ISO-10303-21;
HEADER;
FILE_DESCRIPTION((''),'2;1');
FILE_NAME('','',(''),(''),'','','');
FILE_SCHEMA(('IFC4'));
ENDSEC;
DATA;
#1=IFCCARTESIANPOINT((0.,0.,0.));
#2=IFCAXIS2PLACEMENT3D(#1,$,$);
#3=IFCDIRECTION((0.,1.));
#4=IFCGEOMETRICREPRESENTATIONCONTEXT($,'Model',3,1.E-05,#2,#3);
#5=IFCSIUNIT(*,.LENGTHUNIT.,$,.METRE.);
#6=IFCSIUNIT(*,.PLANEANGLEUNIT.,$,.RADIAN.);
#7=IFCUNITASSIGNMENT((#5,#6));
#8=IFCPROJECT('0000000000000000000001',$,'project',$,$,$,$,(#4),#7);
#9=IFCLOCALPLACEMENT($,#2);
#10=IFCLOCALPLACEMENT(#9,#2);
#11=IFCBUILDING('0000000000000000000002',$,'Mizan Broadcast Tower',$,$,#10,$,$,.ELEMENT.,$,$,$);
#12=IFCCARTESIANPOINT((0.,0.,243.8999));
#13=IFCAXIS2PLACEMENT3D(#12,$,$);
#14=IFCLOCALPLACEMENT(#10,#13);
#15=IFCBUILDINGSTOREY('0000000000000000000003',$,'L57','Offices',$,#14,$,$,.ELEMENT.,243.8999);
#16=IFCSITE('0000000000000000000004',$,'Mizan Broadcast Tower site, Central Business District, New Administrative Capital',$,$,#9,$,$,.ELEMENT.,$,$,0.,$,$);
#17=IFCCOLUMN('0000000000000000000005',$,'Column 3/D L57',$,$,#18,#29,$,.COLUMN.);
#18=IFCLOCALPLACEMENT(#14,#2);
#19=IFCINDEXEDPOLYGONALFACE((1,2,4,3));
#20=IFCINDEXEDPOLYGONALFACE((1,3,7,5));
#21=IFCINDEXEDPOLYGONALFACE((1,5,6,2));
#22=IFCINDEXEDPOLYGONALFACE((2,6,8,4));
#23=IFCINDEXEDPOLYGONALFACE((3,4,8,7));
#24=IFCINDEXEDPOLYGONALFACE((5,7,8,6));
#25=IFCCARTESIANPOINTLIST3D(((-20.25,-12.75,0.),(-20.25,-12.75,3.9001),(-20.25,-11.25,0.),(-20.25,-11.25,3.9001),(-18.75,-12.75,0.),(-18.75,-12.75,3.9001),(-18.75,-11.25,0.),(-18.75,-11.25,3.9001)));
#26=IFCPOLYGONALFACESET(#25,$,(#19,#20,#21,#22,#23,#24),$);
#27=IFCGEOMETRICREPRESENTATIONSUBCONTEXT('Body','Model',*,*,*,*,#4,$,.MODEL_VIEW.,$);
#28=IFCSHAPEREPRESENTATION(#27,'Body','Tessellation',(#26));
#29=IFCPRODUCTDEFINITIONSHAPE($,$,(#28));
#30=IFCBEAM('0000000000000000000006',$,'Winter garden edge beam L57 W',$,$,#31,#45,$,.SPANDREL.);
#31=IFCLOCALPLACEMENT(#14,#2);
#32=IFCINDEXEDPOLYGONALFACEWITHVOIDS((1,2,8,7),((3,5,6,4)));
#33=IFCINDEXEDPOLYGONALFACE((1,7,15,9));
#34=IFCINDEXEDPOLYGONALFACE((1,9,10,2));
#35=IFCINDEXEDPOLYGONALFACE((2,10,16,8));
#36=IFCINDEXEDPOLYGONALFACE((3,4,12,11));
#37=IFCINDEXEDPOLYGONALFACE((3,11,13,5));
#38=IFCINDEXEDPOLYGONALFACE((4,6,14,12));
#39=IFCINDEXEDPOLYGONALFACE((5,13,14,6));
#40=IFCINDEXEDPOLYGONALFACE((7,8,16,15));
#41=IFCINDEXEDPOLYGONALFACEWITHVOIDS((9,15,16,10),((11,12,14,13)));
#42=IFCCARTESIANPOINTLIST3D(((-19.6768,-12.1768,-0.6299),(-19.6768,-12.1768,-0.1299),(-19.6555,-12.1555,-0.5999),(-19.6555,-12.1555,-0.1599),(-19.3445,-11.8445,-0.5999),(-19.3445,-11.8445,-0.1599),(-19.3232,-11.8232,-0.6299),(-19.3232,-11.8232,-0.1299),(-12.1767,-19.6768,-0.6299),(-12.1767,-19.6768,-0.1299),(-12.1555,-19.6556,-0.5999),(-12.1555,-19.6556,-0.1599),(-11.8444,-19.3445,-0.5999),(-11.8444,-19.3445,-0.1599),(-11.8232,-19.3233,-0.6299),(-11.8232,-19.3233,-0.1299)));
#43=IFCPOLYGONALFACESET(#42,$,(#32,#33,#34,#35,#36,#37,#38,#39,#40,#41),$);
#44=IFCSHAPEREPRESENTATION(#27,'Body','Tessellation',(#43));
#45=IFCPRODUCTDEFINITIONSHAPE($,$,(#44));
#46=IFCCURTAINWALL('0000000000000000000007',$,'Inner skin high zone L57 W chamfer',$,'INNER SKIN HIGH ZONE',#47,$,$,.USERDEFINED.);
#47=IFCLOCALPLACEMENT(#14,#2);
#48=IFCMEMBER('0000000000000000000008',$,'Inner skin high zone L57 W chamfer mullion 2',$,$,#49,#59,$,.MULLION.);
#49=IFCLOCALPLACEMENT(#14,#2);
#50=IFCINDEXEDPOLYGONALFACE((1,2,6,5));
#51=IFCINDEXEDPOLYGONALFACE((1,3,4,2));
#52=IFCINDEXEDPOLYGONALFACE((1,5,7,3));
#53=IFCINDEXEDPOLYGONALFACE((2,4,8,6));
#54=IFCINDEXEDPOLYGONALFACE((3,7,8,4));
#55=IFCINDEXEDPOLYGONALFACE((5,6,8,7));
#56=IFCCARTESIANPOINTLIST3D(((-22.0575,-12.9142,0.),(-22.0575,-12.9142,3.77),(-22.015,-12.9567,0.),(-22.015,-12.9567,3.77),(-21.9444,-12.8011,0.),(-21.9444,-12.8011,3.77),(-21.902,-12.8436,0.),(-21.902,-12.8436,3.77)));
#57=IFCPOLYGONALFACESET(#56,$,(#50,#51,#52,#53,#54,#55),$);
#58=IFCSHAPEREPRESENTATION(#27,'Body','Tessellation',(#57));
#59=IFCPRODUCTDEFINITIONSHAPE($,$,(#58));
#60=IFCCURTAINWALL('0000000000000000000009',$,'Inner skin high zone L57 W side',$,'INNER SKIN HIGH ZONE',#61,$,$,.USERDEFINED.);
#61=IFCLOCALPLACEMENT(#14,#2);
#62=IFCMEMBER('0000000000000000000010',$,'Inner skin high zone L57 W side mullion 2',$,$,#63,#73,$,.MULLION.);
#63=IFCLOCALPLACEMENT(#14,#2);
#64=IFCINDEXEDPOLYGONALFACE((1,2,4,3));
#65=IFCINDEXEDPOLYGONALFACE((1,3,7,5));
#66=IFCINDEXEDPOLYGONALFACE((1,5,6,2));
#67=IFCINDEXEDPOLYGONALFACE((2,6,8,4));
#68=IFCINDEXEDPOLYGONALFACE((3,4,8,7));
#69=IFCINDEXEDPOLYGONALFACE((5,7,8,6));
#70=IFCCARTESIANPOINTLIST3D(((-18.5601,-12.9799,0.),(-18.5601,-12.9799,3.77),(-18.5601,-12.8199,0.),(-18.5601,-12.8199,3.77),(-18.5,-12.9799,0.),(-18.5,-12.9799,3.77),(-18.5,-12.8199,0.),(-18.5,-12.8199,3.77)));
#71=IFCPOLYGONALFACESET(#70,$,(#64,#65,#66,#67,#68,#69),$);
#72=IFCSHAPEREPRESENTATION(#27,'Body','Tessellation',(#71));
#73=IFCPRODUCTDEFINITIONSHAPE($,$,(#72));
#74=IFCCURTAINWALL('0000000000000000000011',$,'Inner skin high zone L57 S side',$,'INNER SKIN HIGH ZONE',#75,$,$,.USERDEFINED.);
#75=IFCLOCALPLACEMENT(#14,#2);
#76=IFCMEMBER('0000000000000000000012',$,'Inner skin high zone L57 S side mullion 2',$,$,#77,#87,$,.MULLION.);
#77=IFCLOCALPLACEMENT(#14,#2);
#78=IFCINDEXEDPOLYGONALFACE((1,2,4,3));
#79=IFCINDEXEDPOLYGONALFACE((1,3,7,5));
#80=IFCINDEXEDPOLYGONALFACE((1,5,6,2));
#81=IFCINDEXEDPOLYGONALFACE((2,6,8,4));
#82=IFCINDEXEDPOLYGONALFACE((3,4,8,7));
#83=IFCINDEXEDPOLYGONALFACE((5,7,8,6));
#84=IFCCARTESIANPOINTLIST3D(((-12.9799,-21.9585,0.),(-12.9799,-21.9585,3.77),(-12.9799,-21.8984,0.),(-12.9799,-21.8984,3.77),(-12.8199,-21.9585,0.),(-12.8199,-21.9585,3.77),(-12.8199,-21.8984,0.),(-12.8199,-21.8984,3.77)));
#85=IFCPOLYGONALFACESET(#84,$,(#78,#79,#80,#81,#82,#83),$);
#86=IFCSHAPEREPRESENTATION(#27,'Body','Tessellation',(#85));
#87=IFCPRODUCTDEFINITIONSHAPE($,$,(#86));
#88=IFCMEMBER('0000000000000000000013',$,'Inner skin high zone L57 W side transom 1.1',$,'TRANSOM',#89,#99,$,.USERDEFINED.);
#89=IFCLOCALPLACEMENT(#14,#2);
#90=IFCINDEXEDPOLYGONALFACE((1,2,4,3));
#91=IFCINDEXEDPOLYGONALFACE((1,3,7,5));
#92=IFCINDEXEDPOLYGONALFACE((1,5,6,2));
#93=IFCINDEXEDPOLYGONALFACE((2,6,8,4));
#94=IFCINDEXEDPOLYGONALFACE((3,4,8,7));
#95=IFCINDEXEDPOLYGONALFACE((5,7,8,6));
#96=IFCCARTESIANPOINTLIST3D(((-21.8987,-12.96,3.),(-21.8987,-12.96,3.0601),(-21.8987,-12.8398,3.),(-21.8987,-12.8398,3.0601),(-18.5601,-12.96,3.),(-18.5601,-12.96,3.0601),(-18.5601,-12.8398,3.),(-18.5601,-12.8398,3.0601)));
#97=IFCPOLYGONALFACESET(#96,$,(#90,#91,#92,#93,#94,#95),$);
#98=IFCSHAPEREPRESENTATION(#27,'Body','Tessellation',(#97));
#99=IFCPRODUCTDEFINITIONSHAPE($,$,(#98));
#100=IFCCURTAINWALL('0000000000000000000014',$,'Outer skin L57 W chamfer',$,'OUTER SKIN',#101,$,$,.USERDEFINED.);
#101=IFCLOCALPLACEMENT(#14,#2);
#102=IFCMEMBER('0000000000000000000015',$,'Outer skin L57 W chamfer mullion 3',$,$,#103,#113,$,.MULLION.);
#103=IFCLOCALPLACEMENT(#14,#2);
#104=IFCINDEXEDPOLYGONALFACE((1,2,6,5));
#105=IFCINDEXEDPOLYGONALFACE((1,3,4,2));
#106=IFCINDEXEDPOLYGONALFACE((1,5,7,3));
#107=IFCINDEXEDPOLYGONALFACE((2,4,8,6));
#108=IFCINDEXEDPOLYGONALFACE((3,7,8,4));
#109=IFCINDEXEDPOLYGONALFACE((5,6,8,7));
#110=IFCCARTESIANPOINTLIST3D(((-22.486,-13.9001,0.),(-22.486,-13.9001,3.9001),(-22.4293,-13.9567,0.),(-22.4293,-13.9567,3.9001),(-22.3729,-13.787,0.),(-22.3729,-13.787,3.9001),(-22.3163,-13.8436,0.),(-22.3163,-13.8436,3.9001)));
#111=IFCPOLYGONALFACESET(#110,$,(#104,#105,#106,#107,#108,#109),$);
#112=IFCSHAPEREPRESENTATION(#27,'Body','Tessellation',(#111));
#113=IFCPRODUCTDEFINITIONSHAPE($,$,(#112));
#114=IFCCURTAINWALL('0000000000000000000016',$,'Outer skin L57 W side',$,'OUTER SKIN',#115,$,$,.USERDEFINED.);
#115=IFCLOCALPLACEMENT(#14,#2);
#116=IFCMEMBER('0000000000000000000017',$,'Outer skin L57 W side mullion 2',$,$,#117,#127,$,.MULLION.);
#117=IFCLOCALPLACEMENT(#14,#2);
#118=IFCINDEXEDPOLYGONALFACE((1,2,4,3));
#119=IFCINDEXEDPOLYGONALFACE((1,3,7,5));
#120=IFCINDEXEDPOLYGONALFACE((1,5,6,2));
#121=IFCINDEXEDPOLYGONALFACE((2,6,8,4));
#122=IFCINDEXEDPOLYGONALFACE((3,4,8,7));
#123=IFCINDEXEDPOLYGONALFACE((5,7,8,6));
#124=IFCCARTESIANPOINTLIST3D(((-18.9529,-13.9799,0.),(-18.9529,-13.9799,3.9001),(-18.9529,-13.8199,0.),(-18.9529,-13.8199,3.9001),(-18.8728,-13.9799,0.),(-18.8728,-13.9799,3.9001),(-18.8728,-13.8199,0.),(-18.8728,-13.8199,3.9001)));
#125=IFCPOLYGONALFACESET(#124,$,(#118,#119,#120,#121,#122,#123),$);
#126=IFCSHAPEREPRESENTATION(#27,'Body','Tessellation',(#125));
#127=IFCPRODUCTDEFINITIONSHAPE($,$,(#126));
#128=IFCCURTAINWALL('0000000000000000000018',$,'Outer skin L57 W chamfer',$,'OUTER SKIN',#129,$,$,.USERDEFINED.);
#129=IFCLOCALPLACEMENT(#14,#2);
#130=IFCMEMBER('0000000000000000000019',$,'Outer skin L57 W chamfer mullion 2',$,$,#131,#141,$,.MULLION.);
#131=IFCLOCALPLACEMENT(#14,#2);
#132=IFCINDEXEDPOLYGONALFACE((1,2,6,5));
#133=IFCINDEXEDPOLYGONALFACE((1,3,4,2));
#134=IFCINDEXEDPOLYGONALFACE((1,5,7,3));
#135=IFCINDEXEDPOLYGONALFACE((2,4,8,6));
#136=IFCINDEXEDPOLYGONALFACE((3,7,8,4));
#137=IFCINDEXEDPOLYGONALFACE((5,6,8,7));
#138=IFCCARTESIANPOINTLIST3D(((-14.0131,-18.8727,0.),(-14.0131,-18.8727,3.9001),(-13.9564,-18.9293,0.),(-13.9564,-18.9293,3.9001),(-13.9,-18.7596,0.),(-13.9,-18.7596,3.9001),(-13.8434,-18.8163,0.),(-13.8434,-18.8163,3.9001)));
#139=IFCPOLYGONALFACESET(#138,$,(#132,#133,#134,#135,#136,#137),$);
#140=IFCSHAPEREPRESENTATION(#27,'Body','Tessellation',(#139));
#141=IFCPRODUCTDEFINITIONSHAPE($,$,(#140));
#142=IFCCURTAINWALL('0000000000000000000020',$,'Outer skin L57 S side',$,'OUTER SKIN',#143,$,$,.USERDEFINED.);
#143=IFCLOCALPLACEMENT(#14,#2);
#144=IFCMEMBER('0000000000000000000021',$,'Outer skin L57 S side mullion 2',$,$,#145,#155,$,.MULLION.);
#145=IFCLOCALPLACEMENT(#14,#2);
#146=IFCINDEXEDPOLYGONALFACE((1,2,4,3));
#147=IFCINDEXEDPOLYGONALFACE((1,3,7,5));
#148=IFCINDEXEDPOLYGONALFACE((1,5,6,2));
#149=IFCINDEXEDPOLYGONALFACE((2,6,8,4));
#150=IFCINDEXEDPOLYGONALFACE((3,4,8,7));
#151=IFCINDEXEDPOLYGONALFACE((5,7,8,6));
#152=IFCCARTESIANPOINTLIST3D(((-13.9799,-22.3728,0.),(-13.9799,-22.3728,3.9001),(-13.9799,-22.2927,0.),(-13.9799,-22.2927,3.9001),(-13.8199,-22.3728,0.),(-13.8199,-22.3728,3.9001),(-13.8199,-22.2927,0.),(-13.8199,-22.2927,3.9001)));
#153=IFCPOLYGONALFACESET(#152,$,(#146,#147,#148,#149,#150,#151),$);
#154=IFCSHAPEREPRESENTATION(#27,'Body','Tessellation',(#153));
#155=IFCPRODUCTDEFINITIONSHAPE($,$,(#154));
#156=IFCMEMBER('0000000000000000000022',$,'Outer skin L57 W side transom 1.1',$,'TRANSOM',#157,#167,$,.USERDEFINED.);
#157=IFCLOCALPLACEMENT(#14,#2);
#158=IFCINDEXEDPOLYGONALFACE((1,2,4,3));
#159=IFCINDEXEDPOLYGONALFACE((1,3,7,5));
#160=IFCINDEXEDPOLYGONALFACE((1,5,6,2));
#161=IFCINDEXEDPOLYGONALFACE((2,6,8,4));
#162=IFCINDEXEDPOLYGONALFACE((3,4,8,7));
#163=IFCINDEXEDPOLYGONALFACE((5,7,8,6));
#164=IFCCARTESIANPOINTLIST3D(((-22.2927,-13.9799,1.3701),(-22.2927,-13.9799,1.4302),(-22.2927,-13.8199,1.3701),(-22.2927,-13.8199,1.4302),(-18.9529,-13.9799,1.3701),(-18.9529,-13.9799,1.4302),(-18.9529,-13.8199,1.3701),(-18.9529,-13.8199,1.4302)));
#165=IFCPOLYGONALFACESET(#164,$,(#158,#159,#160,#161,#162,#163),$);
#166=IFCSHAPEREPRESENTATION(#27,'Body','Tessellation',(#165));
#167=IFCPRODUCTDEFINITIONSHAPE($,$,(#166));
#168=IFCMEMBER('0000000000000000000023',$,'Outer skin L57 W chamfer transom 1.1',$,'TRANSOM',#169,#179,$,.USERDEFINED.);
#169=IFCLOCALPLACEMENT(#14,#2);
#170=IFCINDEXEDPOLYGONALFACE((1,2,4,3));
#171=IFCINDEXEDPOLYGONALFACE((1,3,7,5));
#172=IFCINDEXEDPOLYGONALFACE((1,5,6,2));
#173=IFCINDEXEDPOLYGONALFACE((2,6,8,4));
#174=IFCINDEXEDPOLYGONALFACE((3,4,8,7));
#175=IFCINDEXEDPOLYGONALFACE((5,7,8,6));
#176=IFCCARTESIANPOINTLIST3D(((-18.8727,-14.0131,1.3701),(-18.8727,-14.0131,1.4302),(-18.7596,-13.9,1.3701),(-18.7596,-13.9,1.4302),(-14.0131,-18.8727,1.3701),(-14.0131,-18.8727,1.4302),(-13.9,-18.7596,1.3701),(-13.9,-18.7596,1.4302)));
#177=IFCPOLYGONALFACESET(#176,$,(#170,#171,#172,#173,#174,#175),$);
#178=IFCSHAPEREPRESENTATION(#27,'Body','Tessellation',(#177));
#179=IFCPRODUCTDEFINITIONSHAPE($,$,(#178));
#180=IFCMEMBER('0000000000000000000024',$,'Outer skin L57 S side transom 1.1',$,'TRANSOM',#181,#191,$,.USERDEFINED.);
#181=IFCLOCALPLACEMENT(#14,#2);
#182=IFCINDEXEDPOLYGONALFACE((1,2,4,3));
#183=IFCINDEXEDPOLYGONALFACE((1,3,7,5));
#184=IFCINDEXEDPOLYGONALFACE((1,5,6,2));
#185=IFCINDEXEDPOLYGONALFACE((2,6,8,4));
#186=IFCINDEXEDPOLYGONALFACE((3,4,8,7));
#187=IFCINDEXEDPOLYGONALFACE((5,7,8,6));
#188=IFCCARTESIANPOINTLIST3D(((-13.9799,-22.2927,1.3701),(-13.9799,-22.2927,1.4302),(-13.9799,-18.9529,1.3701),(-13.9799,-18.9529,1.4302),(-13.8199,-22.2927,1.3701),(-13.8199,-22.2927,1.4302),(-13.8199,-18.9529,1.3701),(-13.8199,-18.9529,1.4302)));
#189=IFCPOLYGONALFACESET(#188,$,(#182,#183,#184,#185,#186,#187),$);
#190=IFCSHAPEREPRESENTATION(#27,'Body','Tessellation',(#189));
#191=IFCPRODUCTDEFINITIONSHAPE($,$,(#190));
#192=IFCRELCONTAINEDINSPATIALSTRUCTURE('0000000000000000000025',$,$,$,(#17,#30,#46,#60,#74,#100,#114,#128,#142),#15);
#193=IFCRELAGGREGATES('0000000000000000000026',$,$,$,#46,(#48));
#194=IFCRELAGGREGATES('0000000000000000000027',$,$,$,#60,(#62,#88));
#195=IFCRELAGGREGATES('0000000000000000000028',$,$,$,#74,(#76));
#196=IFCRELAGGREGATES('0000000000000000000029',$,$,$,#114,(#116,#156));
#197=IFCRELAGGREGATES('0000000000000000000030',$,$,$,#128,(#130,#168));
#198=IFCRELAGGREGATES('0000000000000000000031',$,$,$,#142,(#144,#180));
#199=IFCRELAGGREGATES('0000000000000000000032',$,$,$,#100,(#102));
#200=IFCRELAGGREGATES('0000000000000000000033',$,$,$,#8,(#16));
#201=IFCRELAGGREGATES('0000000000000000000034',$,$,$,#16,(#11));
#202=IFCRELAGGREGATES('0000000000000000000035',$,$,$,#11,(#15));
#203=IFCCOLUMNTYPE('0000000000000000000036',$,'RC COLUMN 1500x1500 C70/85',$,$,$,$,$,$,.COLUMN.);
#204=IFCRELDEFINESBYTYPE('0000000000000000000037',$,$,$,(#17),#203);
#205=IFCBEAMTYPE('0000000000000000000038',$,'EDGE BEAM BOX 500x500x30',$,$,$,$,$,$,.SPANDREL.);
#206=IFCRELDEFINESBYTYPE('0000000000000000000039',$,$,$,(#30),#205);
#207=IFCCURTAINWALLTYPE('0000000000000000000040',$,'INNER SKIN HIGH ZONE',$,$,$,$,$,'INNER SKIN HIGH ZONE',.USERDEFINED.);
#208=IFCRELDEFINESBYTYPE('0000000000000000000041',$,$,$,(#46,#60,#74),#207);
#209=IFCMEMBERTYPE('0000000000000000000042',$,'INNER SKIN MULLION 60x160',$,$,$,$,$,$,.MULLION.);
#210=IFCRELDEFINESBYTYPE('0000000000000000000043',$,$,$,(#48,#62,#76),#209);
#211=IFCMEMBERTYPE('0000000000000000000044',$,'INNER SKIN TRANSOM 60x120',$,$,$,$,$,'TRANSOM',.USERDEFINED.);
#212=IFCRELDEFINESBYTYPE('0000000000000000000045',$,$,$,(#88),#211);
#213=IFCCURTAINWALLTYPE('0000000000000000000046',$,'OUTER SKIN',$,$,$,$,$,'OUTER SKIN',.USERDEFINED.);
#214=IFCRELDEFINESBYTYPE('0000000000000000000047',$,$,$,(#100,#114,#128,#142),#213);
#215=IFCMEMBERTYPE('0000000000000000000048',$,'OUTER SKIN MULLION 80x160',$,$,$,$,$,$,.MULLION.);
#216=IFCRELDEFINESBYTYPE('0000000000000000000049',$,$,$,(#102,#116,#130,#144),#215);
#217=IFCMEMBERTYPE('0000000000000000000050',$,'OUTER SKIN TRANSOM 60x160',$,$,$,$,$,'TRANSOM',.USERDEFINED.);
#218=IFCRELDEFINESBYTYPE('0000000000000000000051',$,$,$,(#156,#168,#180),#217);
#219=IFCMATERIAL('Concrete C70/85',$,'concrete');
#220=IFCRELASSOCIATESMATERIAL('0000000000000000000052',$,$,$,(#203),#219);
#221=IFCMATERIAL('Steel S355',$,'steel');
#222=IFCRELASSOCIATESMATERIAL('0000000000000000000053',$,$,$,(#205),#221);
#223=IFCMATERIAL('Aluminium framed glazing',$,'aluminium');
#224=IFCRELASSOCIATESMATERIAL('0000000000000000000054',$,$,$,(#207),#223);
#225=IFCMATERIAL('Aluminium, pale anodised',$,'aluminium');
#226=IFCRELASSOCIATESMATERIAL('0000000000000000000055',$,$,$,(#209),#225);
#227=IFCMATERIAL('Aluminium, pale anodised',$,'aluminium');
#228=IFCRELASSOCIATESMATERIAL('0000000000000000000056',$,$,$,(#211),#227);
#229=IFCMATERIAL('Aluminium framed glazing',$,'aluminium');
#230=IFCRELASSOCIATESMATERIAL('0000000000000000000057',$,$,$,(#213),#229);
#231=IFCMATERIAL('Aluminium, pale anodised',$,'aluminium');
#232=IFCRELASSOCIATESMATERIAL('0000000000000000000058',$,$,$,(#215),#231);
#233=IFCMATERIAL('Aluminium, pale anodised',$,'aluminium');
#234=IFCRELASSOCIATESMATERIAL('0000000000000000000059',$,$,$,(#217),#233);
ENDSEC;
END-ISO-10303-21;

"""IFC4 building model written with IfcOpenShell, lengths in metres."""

from ifc_helpers import new_model, si_unit, direction, frame, origin, origin_2d, place, context, subcontext, project, spatial, rectangle, hollow_rectangle, extrude, material, material_profile, profile_set, type_object, element, aggregate, save


model = new_model("IFC4")

# Units and contexts
model_context = context("Model", 3, precision=1e-05, world=origin(), true_north=direction((0.0, 1.0)))
body_context = subcontext(model_context, "Body", "Model", "MODEL_VIEW")
ifc_project = project(units=[si_unit("LENGTHUNIT", "METRE"), si_unit("PLANEANGLEUNIT", "RADIAN")], contexts=[model_context])

# Site, building, storey
site_placement = place(None, origin())
site = spatial("IfcSite", under=ifc_project, at=site_placement, Name="Mizan Broadcast Tower site, Central Business District, New Administrative Capital", CompositionType="ELEMENT", RefElevation=0.0)
building_placement = place(site_placement, origin())
building = spatial("IfcBuilding", under=site, at=building_placement, Name="Mizan Broadcast Tower", CompositionType="ELEMENT")
storey_placement = place(building_placement, frame((0.0, 0.0, 243.8999)))
storey = spatial("IfcBuildingStorey", under=building, at=storey_placement, Name="L57", Description="Offices", CompositionType="ELEMENT", Elevation=243.8999)

# Column
ifc_material_1 = material(Name="Concrete C70/85", Category="concrete")
ifc_material_profile_1 = material_profile(ifc_material_1, rectangle(XDim=1.5, YDim=1.5, at=origin_2d()), Name="RC 1500x1500")
ifc_profile_set_1 = profile_set([ifc_material_profile_1], Name="Concrete C70/85")
column_type = type_object("IfcColumnType", Name="RC COLUMN 1500x1500 C70/85", PredefinedType="COLUMN", material=ifc_profile_set_1)
column_placement = place(storey_placement, frame((-19.5, -12.0, 0.0), z_axis=(0.0, 0.0, 1.0), x_axis=(1.0, 0.0, 0.0)))
element("IfcColumn", 1, at=column_placement, inside=storey, type_object=column_type, Name="Column 3/D L57", PredefinedType="COLUMN", context=body_context, shape_type="SweptSolid", body=[
    extrude(rectangle(XDim=1.5, YDim=1.5, at=origin_2d()), origin(), (0.0, 0.0, 1.0), 3.9001),
])

# Beam
ifc_material_2 = material(Name="Steel S355", Category="steel")
ifc_material_profile_2 = material_profile(ifc_material_2, hollow_rectangle(XDim=0.5, YDim=0.5, WallThickness=0.03, at=origin_2d()), Name="BOX 500x500x30")
ifc_profile_set_2 = profile_set([ifc_material_profile_2], Name="Steel S355")
beam_type = type_object("IfcBeamType", Name="EDGE BEAM BOX 500x500x30", PredefinedType="SPANDREL", material=ifc_profile_set_2)
beam_placement = place(storey_placement, frame((-19.5, -12.0, -0.3799), z_axis=(0.707107, -0.707107, 0.0), x_axis=(0.707107, 0.707107, 0.0)))
element("IfcBeam", 2, at=beam_placement, inside=storey, type_object=beam_type, Name="Winter garden edge beam L57 W", PredefinedType="SPANDREL", context=body_context, shape_type="SweptSolid", body=[
    extrude(hollow_rectangle(XDim=0.5, YDim=0.5, WallThickness=0.03, at=origin_2d()), origin(), (0.0, 0.0, 1.0), 10.6067),
])

# Curtain walls, members
ifc_material_3 = material(Name="Aluminium framed glazing", Category="aluminium")
curtain_wall_type_1 = type_object("IfcCurtainWallType", Name="INNER SKIN HIGH ZONE", ElementType="INNER SKIN HIGH ZONE", PredefinedType="USERDEFINED", material=ifc_material_3)
curtain_wall_1_placement = place(storey_placement, origin())
curtain_wall_1 = element("IfcCurtainWall", 3, at=curtain_wall_1_placement, inside=storey, type_object=curtain_wall_type_1, Name="Inner skin high zone L57 W chamfer", ObjectType="INNER SKIN HIGH ZONE", PredefinedType="USERDEFINED")
ifc_material_4 = material(Name="Aluminium, pale anodised", Category="aluminium")
ifc_material_profile_3 = material_profile(ifc_material_4, rectangle(XDim=0.1599, YDim=0.0601, at=origin_2d()), Name="MULLION 160x60")
ifc_profile_set_3 = profile_set([ifc_material_profile_3], Name="Aluminium, pale anodised")
member_type_1 = type_object("IfcMemberType", Name="INNER SKIN MULLION 60x160", PredefinedType="MULLION", material=ifc_profile_set_3)
member_1_placement = place(storey_placement, frame((-21.9797, -12.8789, 0.0), z_axis=(0.0, 0.0, 1.0), x_axis=(0.707107, 0.707107, 0.0)))
member_1 = element("IfcMember", 4, at=member_1_placement, type_object=member_type_1, Name="Inner skin high zone L57 W chamfer mullion 2", PredefinedType="MULLION", context=body_context, shape_type="SweptSolid", body=[
    extrude(rectangle(XDim=0.1599, YDim=0.0601, at=origin_2d()), origin(), (0.0, 0.0, 1.0), 3.77),
])
aggregate(curtain_wall_1, [member_1])
curtain_wall_2_placement = place(storey_placement, origin())
curtain_wall_2 = element("IfcCurtainWall", 5, at=curtain_wall_2_placement, inside=storey, type_object=curtain_wall_type_1, Name="Inner skin high zone L57 W side", ObjectType="INNER SKIN HIGH ZONE", PredefinedType="USERDEFINED")
member_2_placement = place(storey_placement, frame((-18.53, -12.8999, 0.0), z_axis=(0.0, 0.0, 1.0), x_axis=(0.0, 1.0, 0.0)))
member_2 = element("IfcMember", 6, at=member_2_placement, type_object=member_type_1, Name="Inner skin high zone L57 W side mullion 2", PredefinedType="MULLION", context=body_context, shape_type="SweptSolid", body=[
    extrude(rectangle(XDim=0.1599, YDim=0.0601, at=origin_2d()), origin(), (0.0, 0.0, 1.0), 3.77),
])
curtain_wall_3_placement = place(storey_placement, origin())
curtain_wall_3 = element("IfcCurtainWall", 7, at=curtain_wall_3_placement, inside=storey, type_object=curtain_wall_type_1, Name="Inner skin high zone L57 S side", ObjectType="INNER SKIN HIGH ZONE", PredefinedType="USERDEFINED")
member_3_placement = place(storey_placement, frame((-12.8999, -21.9285, 0.0), z_axis=(0.0, 0.0, 1.0), x_axis=(1.0, 0.0, 0.0)))
member_3 = element("IfcMember", 8, at=member_3_placement, type_object=member_type_1, Name="Inner skin high zone L57 S side mullion 2", PredefinedType="MULLION", context=body_context, shape_type="SweptSolid", body=[
    extrude(rectangle(XDim=0.1599, YDim=0.0601, at=origin_2d()), origin(), (0.0, 0.0, 1.0), 3.77),
])

# Member
ifc_material_5 = material(Name="Aluminium, pale anodised", Category="aluminium")
ifc_material_profile_4 = material_profile(ifc_material_5, rectangle(XDim=0.1201, YDim=0.0601, at=origin_2d()), Name="TRANSOM 120x60")
ifc_profile_set_4 = profile_set([ifc_material_profile_4], Name="Aluminium, pale anodised")
member_type_2 = type_object("IfcMemberType", Name="INNER SKIN TRANSOM 60x120", ElementType="TRANSOM", PredefinedType="USERDEFINED", material=ifc_profile_set_4)
member_4_placement = place(storey_placement, frame((-21.8987, -12.8999, 3.03), z_axis=(1.0, 0.0, 0.0), x_axis=(0.0, 1.0, 0.0)))
member_4 = element("IfcMember", 9, at=member_4_placement, type_object=member_type_2, Name="Inner skin high zone L57 W side transom 1.1", ObjectType="TRANSOM", PredefinedType="USERDEFINED", context=body_context, shape_type="SweptSolid", body=[
    extrude(rectangle(XDim=0.1201, YDim=0.0601, at=origin_2d()), origin(), (0.0, 0.0, 1.0), 3.3386),
])

# Curtain walls, members
ifc_material_6 = material(Name="Aluminium framed glazing", Category="aluminium")
curtain_wall_type_2 = type_object("IfcCurtainWallType", Name="OUTER SKIN", ElementType="OUTER SKIN", PredefinedType="USERDEFINED", material=ifc_material_6)
curtain_wall_4_placement = place(storey_placement, origin())
curtain_wall_4 = element("IfcCurtainWall", 10, at=curtain_wall_4_placement, inside=storey, type_object=curtain_wall_type_2, Name="Outer skin L57 W chamfer", ObjectType="OUTER SKIN", PredefinedType="USERDEFINED")
ifc_material_7 = material(Name="Aluminium, pale anodised", Category="aluminium")
ifc_material_profile_5 = material_profile(ifc_material_7, rectangle(XDim=0.1599, YDim=0.0801, at=origin_2d()), Name="MULLION 160x80")
ifc_profile_set_5 = profile_set([ifc_material_profile_5], Name="Aluminium, pale anodised")
member_type_3 = type_object("IfcMemberType", Name="OUTER SKIN MULLION 80x160", PredefinedType="MULLION", material=ifc_profile_set_5)
member_5_placement = place(storey_placement, frame((-22.4011, -13.8718, 0.0), z_axis=(0.0, 0.0, 1.0), x_axis=(0.707107, 0.707107, 0.0)))
member_5 = element("IfcMember", 11, at=member_5_placement, type_object=member_type_3, Name="Outer skin L57 W chamfer mullion 3", PredefinedType="MULLION", context=body_context, shape_type="SweptSolid", body=[
    extrude(rectangle(XDim=0.1599, YDim=0.0801, at=origin_2d()), origin(), (0.0, 0.0, 1.0), 3.9001),
])
curtain_wall_5_placement = place(storey_placement, origin())
curtain_wall_5 = element("IfcCurtainWall", 12, at=curtain_wall_5_placement, inside=storey, type_object=curtain_wall_type_2, Name="Outer skin L57 W side", ObjectType="OUTER SKIN", PredefinedType="USERDEFINED")
member_6_placement = place(storey_placement, frame((-18.9128, -13.8999, 0.0), z_axis=(0.0, 0.0, 1.0), x_axis=(0.0, 1.0, 0.0)))
member_6 = element("IfcMember", 13, at=member_6_placement, type_object=member_type_3, Name="Outer skin L57 W side mullion 2", PredefinedType="MULLION", context=body_context, shape_type="SweptSolid", body=[
    extrude(rectangle(XDim=0.1599, YDim=0.0801, at=origin_2d()), origin(), (0.0, 0.0, 1.0), 3.9001),
])
curtain_wall_6_placement = place(storey_placement, origin())
curtain_wall_6 = element("IfcCurtainWall", 14, at=curtain_wall_6_placement, inside=storey, type_object=curtain_wall_type_2, Name="Outer skin L57 W chamfer", ObjectType="OUTER SKIN", PredefinedType="USERDEFINED")
member_7_placement = place(storey_placement, frame((-13.9282, -18.8445, 0.0), z_axis=(0.0, 0.0, 1.0), x_axis=(0.707107, 0.707107, 0.0)))
member_7 = element("IfcMember", 15, at=member_7_placement, type_object=member_type_3, Name="Outer skin L57 W chamfer mullion 2", PredefinedType="MULLION", context=body_context, shape_type="SweptSolid", body=[
    extrude(rectangle(XDim=0.1599, YDim=0.0801, at=origin_2d()), origin(), (0.0, 0.0, 1.0), 3.9001),
])
curtain_wall_7_placement = place(storey_placement, origin())
curtain_wall_7 = element("IfcCurtainWall", 16, at=curtain_wall_7_placement, inside=storey, type_object=curtain_wall_type_2, Name="Outer skin L57 S side", ObjectType="OUTER SKIN", PredefinedType="USERDEFINED")
member_8_placement = place(storey_placement, frame((-13.8999, -22.3328, 0.0), z_axis=(0.0, 0.0, 1.0), x_axis=(1.0, 0.0, 0.0)))
member_8 = element("IfcMember", 17, at=member_8_placement, type_object=member_type_3, Name="Outer skin L57 S side mullion 2", PredefinedType="MULLION", context=body_context, shape_type="SweptSolid", body=[
    extrude(rectangle(XDim=0.1599, YDim=0.0801, at=origin_2d()), origin(), (0.0, 0.0, 1.0), 3.9001),
])

# Members
ifc_material_8 = material(Name="Aluminium, pale anodised", Category="aluminium")
ifc_material_profile_6 = material_profile(ifc_material_8, rectangle(XDim=0.1599, YDim=0.0601, at=origin_2d()), Name="TRANSOM 160x60")
ifc_profile_set_6 = profile_set([ifc_material_profile_6], Name="Aluminium, pale anodised")
member_type_4 = type_object("IfcMemberType", Name="OUTER SKIN TRANSOM 60x160", ElementType="TRANSOM", PredefinedType="USERDEFINED", material=ifc_profile_set_6)
member_9_placement = place(storey_placement, frame((-22.2927, -13.8999, 1.4001), z_axis=(1.0, 0.0, 0.0), x_axis=(0.0, 1.0, 0.0)))
member_9 = element("IfcMember", 18, at=member_9_placement, type_object=member_type_4, Name="Outer skin L57 W side transom 1.1", ObjectType="TRANSOM", PredefinedType="USERDEFINED", context=body_context, shape_type="SweptSolid", body=[
    extrude(rectangle(XDim=0.1599, YDim=0.0601, at=origin_2d()), origin(), (0.0, 0.0, 1.0), 3.3398),
])
member_10_placement = place(storey_placement, frame((-18.8162, -13.9565, 1.4001), z_axis=(0.707107, -0.707107, 0.0), x_axis=(0.707107, 0.707107, 0.0)))
member_10 = element("IfcMember", 19, at=member_10_placement, type_object=member_type_4, Name="Outer skin L57 W chamfer transom 1.1", ObjectType="TRANSOM", PredefinedType="USERDEFINED", context=body_context, shape_type="SweptSolid", body=[
    extrude(rectangle(XDim=0.1599, YDim=0.0601, at=origin_2d()), origin(), (0.0, 0.0, 1.0), 6.8726),
])
member_11_placement = place(storey_placement, frame((-13.8999, -18.9529, 1.4001), z_axis=(0.0, -1.0, 0.0), x_axis=(1.0, 0.0, 0.0)))
member_11 = element("IfcMember", 20, at=member_11_placement, type_object=member_type_4, Name="Outer skin L57 S side transom 1.1", ObjectType="TRANSOM", PredefinedType="USERDEFINED", context=body_context, shape_type="SweptSolid", body=[
    extrude(rectangle(XDim=0.1599, YDim=0.0601, at=origin_2d()), origin(), (0.0, 0.0, 1.0), 3.3398),
])

aggregate(curtain_wall_2, [member_2, member_4])
aggregate(curtain_wall_3, [member_3])
aggregate(curtain_wall_5, [member_6, member_9])
aggregate(curtain_wall_6, [member_7, member_10])
aggregate(curtain_wall_7, [member_8, member_11])
aggregate(curtain_wall_4, [member_5])

save(model, "model.ifc")
